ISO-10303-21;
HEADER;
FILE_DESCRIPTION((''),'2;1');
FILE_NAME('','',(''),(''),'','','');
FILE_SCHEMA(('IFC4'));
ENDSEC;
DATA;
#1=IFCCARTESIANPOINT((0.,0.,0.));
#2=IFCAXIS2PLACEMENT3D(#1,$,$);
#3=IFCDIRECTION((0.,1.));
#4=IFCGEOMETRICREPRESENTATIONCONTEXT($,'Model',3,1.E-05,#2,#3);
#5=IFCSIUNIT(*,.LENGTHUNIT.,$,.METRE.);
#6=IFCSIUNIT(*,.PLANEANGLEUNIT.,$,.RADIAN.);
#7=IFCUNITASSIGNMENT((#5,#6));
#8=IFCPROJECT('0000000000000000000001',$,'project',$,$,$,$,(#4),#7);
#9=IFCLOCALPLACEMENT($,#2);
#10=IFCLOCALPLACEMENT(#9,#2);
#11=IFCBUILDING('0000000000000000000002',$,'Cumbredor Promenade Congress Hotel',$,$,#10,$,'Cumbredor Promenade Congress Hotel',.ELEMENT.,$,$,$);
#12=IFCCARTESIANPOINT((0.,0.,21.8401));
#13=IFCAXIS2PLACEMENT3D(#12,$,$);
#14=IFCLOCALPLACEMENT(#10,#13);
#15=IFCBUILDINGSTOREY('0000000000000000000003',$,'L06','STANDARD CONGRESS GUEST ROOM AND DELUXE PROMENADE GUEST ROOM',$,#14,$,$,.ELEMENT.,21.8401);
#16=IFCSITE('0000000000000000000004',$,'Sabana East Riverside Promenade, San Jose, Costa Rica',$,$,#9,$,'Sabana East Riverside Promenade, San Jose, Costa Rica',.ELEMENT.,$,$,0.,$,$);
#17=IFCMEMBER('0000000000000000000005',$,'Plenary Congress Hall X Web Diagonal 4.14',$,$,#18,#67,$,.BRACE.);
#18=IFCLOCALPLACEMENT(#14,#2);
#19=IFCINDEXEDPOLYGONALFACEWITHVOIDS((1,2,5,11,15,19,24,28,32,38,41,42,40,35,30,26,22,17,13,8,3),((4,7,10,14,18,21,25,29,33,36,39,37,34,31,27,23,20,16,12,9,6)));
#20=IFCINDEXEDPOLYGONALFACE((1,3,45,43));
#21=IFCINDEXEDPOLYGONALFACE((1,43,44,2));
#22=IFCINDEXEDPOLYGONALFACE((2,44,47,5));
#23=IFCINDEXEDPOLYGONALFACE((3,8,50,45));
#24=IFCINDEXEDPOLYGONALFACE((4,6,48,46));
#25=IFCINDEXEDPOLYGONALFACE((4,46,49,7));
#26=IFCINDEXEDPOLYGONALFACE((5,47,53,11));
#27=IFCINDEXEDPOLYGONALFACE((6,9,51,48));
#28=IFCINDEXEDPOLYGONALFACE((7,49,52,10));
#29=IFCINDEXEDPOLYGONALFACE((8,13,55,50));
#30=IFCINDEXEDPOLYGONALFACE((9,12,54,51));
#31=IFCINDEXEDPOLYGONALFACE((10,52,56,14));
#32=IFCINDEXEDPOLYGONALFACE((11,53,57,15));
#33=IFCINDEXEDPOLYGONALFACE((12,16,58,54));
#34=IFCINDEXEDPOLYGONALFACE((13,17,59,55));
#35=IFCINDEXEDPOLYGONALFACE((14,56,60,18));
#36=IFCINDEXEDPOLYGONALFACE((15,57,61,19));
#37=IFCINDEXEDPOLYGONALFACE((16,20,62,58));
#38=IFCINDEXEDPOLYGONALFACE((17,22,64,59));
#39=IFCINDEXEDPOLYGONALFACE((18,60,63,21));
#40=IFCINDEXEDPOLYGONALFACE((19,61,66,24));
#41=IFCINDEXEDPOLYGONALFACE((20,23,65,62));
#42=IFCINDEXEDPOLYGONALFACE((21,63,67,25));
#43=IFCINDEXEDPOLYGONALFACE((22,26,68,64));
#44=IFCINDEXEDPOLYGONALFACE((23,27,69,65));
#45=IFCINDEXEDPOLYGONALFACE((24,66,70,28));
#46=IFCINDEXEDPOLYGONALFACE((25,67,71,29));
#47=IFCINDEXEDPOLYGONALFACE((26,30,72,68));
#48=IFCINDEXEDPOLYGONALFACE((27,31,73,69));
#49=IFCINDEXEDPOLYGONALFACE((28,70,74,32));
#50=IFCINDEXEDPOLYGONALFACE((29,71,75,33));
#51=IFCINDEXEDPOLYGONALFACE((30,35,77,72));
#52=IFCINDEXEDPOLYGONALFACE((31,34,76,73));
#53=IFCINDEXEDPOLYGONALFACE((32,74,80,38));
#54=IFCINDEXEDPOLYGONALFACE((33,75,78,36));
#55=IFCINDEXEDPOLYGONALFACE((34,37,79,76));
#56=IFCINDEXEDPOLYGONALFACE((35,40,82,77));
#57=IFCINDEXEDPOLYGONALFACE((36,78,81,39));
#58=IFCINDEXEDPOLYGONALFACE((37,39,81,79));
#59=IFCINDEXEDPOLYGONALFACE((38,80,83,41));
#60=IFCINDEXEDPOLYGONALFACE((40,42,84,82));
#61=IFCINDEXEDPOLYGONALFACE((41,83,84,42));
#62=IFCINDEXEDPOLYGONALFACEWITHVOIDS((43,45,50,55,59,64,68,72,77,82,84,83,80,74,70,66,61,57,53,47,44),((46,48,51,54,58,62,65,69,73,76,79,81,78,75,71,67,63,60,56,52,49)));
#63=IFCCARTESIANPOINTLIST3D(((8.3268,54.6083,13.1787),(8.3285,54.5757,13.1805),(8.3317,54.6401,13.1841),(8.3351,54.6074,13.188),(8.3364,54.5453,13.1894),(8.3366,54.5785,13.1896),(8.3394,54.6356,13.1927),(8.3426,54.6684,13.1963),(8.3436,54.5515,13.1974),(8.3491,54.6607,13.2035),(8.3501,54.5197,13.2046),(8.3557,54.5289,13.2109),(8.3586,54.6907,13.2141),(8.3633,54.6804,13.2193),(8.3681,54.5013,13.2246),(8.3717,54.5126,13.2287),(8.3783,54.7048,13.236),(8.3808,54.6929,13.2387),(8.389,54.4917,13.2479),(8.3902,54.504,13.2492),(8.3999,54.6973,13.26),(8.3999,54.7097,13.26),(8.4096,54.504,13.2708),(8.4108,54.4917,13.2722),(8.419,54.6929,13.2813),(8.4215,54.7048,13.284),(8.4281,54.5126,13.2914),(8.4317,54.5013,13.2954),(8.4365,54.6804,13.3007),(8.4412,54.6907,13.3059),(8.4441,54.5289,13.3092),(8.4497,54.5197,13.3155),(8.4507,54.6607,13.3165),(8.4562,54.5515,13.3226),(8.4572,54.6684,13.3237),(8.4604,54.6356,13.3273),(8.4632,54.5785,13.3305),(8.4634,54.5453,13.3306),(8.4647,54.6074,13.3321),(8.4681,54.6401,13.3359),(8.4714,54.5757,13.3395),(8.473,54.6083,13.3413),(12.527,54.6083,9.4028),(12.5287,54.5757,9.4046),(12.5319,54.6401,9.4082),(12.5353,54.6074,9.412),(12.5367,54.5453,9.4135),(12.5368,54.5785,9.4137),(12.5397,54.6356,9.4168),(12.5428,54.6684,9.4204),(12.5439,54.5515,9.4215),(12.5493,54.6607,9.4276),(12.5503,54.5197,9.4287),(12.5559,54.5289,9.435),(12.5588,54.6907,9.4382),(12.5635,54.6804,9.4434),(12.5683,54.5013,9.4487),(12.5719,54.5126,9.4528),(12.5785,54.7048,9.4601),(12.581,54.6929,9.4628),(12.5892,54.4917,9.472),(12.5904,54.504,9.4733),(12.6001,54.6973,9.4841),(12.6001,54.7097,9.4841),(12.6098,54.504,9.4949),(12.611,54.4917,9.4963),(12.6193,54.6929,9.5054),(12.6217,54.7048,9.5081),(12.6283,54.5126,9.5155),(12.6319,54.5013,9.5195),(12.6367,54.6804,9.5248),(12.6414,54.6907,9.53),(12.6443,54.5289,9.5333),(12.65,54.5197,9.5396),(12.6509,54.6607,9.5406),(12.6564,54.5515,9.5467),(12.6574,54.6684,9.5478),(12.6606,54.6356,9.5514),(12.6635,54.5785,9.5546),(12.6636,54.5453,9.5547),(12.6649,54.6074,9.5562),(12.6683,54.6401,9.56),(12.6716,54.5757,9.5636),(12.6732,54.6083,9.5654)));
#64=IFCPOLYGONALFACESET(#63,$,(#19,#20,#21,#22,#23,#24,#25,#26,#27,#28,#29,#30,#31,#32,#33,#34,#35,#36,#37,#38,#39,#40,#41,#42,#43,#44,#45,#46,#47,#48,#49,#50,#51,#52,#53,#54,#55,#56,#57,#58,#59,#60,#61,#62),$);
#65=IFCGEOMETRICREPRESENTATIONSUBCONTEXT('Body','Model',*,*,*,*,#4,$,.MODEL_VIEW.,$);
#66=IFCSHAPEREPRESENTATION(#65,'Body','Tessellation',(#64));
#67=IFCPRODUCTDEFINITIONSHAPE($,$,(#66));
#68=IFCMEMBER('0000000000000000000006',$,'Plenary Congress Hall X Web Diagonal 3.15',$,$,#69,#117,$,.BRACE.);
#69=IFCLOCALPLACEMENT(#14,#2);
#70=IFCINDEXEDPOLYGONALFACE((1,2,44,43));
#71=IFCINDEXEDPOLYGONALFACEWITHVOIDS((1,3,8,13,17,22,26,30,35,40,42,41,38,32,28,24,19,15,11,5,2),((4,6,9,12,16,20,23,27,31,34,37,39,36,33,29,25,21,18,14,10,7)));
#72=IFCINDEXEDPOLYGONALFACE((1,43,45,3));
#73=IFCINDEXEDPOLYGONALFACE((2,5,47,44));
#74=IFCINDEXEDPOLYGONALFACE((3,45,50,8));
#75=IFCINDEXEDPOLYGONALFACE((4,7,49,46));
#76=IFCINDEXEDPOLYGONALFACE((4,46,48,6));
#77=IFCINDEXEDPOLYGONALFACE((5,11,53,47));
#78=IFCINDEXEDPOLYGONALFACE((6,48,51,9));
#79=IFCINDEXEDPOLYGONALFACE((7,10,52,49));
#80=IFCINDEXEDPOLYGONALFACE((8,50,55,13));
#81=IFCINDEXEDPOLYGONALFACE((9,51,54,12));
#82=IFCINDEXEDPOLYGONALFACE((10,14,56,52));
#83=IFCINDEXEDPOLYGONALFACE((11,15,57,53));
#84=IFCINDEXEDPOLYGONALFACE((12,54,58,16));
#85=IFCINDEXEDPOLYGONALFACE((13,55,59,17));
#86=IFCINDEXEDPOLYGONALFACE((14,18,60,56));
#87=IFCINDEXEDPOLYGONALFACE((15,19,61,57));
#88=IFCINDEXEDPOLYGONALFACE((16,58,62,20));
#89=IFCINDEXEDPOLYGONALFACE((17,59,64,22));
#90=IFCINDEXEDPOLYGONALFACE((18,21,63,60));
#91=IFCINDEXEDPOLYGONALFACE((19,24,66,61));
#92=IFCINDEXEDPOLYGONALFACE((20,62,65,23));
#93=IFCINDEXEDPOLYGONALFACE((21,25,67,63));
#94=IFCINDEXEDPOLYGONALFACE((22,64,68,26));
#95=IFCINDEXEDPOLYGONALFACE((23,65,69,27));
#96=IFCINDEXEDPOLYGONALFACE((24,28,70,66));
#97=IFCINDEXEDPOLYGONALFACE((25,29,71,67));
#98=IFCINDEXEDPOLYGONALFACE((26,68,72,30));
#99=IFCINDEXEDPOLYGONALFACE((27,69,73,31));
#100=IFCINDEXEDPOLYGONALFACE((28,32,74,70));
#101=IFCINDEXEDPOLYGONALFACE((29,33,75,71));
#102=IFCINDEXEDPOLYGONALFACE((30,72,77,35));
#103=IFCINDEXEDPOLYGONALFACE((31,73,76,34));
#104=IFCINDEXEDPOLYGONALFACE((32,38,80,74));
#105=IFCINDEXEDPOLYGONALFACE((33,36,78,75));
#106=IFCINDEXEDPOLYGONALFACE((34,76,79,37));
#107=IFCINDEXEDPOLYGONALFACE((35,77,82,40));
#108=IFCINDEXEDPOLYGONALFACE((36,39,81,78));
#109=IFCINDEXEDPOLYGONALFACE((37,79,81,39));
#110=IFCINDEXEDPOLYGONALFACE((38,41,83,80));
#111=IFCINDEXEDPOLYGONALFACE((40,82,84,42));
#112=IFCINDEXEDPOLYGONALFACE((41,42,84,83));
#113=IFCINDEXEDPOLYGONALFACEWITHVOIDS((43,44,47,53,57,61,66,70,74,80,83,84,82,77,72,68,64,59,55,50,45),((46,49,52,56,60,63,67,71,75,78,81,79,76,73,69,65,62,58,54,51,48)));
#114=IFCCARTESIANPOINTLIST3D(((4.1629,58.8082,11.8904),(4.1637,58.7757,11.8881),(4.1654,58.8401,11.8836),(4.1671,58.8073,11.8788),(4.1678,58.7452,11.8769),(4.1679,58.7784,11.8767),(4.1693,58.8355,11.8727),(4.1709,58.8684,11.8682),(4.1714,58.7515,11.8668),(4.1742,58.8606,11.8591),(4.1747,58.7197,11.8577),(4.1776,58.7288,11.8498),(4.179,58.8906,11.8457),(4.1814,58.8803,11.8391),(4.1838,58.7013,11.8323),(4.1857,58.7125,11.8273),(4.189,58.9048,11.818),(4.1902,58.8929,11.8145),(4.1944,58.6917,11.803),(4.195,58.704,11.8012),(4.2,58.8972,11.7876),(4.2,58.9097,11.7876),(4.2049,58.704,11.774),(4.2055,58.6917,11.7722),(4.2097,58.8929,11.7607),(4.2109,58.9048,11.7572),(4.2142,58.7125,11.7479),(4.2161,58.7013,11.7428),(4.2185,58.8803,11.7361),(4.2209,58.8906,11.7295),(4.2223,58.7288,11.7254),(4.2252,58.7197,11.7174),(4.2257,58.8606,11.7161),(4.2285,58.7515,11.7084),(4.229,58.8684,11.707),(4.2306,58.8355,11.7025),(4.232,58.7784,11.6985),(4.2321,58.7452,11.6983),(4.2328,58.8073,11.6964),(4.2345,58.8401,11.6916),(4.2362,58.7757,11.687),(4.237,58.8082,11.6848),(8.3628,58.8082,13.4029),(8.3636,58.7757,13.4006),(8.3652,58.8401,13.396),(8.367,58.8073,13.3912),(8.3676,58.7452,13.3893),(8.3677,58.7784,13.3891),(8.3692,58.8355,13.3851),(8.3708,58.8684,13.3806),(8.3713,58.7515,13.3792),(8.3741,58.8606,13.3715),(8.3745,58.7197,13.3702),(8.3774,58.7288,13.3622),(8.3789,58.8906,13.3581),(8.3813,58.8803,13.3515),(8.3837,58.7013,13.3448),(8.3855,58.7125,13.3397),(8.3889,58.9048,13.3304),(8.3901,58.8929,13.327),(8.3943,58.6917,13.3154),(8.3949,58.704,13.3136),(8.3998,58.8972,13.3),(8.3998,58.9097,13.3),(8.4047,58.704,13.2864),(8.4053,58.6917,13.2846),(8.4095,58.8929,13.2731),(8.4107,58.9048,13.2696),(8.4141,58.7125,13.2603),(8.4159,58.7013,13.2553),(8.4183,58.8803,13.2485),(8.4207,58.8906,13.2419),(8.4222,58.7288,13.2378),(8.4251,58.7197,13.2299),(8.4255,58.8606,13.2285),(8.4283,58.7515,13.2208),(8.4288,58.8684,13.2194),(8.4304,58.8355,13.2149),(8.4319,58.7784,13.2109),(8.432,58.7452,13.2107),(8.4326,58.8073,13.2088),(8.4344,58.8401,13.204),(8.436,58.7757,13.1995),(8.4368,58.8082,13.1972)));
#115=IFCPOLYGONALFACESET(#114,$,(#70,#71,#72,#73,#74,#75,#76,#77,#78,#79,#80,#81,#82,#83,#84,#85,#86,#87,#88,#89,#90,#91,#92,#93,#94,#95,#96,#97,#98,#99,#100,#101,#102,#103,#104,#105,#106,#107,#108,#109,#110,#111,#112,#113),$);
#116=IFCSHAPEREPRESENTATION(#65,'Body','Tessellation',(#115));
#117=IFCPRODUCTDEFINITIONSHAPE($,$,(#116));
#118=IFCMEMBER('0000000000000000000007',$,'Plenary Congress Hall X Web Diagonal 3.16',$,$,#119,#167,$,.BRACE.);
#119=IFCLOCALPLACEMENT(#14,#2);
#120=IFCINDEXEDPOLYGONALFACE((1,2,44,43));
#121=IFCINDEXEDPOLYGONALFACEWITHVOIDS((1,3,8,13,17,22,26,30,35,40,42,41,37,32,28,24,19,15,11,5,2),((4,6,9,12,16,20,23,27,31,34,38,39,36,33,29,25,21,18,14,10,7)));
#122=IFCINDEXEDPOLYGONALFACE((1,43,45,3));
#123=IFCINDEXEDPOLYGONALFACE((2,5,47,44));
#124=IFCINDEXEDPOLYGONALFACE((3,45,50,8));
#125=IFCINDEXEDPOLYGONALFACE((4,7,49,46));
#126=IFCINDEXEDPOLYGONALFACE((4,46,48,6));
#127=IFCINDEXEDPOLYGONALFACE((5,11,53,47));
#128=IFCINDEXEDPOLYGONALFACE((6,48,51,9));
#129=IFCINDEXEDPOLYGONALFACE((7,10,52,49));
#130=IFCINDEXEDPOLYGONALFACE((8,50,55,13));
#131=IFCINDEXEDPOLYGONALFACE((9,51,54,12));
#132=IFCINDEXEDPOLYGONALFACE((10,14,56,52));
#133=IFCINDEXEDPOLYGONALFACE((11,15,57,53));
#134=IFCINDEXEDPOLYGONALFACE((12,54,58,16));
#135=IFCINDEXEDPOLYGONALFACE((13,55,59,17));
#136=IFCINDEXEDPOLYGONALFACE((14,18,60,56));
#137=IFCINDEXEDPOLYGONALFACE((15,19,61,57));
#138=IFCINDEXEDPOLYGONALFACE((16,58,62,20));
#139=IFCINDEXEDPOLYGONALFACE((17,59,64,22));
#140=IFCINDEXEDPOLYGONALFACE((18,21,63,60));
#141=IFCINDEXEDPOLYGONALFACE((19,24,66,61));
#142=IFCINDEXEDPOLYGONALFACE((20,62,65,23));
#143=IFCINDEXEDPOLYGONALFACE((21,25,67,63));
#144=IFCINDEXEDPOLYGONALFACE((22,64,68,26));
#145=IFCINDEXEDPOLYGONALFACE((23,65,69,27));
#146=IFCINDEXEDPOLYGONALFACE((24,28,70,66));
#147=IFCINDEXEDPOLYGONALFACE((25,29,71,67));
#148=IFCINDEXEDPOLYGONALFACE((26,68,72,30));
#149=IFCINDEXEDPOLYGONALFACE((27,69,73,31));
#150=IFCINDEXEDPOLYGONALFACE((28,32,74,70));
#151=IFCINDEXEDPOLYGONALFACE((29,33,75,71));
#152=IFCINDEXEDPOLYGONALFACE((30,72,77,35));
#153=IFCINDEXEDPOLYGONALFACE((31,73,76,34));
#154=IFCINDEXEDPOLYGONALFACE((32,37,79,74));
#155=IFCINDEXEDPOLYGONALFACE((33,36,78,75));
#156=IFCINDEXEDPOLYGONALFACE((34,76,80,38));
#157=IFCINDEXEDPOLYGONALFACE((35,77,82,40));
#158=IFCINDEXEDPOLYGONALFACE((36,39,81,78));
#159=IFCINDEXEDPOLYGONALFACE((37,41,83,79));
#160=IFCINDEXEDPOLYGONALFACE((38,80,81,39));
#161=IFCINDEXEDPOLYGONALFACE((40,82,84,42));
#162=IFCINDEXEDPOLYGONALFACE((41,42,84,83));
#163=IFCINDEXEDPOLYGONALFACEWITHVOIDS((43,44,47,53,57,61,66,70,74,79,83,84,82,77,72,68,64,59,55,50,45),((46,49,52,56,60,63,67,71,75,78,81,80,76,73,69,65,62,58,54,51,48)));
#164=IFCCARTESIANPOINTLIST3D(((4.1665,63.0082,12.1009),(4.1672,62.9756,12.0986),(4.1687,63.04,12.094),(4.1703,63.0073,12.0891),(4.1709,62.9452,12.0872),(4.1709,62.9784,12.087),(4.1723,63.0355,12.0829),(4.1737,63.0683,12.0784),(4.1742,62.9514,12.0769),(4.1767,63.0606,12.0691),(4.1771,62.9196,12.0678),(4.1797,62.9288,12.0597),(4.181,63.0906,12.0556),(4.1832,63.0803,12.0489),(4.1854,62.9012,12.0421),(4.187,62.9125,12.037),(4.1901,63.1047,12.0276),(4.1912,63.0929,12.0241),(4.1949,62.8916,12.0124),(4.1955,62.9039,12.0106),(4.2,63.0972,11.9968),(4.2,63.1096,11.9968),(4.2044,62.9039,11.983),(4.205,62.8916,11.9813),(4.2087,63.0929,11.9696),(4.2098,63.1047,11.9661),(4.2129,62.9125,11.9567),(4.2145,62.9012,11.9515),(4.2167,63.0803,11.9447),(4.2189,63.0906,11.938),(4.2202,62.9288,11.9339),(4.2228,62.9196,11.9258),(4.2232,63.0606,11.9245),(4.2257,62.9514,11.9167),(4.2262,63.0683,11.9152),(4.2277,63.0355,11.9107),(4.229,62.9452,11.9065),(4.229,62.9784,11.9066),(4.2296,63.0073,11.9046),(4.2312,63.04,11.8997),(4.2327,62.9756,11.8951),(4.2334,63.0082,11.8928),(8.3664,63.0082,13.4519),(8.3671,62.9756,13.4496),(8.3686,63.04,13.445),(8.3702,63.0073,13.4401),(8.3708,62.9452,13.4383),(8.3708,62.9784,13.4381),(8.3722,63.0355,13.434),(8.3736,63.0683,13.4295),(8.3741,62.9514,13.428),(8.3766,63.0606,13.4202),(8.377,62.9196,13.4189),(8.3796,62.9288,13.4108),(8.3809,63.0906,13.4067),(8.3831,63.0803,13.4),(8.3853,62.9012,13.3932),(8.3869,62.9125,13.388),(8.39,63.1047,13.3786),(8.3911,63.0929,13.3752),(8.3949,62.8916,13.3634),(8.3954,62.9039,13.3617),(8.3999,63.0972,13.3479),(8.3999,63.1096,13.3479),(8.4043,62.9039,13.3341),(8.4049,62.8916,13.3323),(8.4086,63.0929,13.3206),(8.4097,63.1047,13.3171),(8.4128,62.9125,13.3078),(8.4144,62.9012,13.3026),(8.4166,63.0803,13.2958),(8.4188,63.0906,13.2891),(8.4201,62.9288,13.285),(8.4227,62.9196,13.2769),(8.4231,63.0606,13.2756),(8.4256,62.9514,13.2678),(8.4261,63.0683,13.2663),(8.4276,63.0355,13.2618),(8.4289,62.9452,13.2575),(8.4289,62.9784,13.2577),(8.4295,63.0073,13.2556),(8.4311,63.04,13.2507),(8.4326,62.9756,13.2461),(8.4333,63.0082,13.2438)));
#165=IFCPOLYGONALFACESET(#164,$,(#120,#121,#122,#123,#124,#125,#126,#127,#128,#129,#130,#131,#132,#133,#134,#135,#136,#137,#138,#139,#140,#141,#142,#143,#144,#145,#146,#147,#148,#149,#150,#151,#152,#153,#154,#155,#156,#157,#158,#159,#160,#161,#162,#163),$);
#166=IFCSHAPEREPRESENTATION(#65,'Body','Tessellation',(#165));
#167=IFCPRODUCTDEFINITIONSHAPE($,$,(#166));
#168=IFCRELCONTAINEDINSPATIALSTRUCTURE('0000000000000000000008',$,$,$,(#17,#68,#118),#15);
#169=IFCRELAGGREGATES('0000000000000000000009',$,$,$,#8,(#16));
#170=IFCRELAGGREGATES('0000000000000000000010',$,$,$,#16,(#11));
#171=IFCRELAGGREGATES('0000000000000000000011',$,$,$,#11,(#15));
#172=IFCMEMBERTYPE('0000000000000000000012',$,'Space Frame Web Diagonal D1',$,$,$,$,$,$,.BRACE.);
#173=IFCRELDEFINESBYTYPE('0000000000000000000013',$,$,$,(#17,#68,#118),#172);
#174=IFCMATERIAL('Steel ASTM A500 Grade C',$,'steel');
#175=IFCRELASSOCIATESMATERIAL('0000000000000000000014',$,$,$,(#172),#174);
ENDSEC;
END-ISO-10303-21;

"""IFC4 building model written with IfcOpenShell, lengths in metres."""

from ifc_helpers import new_model, si_unit, direction, frame, origin, origin_2d, place, context, subcontext, project, spatial, hollow_circle, extrude, material, material_profile, profile_set, type_object, element, save


model = new_model("IFC4")

# Units and contexts
model_context = context("Model", 3, precision=1e-05, world=origin(), true_north=direction((0.0, 1.0)))
body_context = subcontext(model_context, "Body", "Model", "MODEL_VIEW")
ifc_project = project(units=[si_unit("LENGTHUNIT", "METRE"), si_unit("PLANEANGLEUNIT", "RADIAN")], contexts=[model_context])

# Site, building, storey
site_placement = place(None, origin())
site = spatial("IfcSite", under=ifc_project, at=site_placement, Name="Sabana East Riverside Promenade, San Jose, Costa Rica", LongName="Sabana East Riverside Promenade, San Jose, Costa Rica", CompositionType="ELEMENT", RefElevation=0.0)
building_placement = place(site_placement, origin())
building = spatial("IfcBuilding", under=site, at=building_placement, Name="Cumbredor Promenade Congress Hotel", LongName="Cumbredor Promenade Congress Hotel", CompositionType="ELEMENT")
storey_placement = place(building_placement, frame((0.0, 0.0, 21.8401)))
storey = spatial("IfcBuildingStorey", under=building, at=storey_placement, Name="L06", Description="STANDARD CONGRESS GUEST ROOM AND DELUXE PROMENADE GUEST ROOM", CompositionType="ELEMENT", Elevation=21.8401)

# Members
ifc_material_1 = material(Name="Steel ASTM A500 Grade C", Category="steel")
ifc_material_profile_1 = material_profile(ifc_material_1, hollow_circle(Radius=0.1096, WallThickness=0.0125, at=origin_2d()), Name="CHS 219.1x12.5")
ifc_profile_set_1 = profile_set([ifc_material_profile_1], Name="Steel ASTM A500 Grade C")
member_type_1 = type_object("IfcMemberType", Name="Space Frame Web Diagonal D1", PredefinedType="BRACE", material=ifc_profile_set_1)
member_1_placement = place(storey_placement, frame((8.3999, 54.6001, 13.26), z_axis=(0.743672, 0.0, -0.668544), x_axis=(0.0, 1.0, 0.0)))
element("IfcMember", 1, at=member_1_placement, inside=storey, type_object=member_type_1, Name="Plenary Congress Hall X Web Diagonal 4.14", PredefinedType="BRACE", context=body_context, shape_type="SweptSolid", body=[
    extrude(hollow_circle(Radius=0.1096, WallThickness=0.0125, at=origin_2d()), origin(), (0.0, 0.0, 1.0), 5.6479),
])
member_2_placement = place(storey_placement, frame((4.2, 58.8, 11.7876), z_axis=(0.940854, 0.0, 0.338812), x_axis=(0.0, 1.0, 0.0)))
element("IfcMember", 2, at=member_2_placement, inside=storey, type_object=member_type_1, Name="Plenary Congress Hall X Web Diagonal 3.15", PredefinedType="BRACE", context=body_context, shape_type="SweptSolid", body=[
    extrude(hollow_circle(Radius=0.1096, WallThickness=0.0125, at=origin_2d()), origin(), (0.0, 0.0, 1.0), 4.4639),
])
member_3_placement = place(storey_placement, frame((4.2, 63.0, 11.9968), z_axis=(0.951957, 0.0, 0.306233), x_axis=(0.0, 1.0, 0.0)))
element("IfcMember", 3, at=member_3_placement, inside=storey, type_object=member_type_1, Name="Plenary Congress Hall X Web Diagonal 3.16", PredefinedType="BRACE", context=body_context, shape_type="SweptSolid", body=[
    extrude(hollow_circle(Radius=0.1096, WallThickness=0.0125, at=origin_2d()), origin(), (0.0, 0.0, 1.0), 4.4119),
])

save(model, "model.ifc")
